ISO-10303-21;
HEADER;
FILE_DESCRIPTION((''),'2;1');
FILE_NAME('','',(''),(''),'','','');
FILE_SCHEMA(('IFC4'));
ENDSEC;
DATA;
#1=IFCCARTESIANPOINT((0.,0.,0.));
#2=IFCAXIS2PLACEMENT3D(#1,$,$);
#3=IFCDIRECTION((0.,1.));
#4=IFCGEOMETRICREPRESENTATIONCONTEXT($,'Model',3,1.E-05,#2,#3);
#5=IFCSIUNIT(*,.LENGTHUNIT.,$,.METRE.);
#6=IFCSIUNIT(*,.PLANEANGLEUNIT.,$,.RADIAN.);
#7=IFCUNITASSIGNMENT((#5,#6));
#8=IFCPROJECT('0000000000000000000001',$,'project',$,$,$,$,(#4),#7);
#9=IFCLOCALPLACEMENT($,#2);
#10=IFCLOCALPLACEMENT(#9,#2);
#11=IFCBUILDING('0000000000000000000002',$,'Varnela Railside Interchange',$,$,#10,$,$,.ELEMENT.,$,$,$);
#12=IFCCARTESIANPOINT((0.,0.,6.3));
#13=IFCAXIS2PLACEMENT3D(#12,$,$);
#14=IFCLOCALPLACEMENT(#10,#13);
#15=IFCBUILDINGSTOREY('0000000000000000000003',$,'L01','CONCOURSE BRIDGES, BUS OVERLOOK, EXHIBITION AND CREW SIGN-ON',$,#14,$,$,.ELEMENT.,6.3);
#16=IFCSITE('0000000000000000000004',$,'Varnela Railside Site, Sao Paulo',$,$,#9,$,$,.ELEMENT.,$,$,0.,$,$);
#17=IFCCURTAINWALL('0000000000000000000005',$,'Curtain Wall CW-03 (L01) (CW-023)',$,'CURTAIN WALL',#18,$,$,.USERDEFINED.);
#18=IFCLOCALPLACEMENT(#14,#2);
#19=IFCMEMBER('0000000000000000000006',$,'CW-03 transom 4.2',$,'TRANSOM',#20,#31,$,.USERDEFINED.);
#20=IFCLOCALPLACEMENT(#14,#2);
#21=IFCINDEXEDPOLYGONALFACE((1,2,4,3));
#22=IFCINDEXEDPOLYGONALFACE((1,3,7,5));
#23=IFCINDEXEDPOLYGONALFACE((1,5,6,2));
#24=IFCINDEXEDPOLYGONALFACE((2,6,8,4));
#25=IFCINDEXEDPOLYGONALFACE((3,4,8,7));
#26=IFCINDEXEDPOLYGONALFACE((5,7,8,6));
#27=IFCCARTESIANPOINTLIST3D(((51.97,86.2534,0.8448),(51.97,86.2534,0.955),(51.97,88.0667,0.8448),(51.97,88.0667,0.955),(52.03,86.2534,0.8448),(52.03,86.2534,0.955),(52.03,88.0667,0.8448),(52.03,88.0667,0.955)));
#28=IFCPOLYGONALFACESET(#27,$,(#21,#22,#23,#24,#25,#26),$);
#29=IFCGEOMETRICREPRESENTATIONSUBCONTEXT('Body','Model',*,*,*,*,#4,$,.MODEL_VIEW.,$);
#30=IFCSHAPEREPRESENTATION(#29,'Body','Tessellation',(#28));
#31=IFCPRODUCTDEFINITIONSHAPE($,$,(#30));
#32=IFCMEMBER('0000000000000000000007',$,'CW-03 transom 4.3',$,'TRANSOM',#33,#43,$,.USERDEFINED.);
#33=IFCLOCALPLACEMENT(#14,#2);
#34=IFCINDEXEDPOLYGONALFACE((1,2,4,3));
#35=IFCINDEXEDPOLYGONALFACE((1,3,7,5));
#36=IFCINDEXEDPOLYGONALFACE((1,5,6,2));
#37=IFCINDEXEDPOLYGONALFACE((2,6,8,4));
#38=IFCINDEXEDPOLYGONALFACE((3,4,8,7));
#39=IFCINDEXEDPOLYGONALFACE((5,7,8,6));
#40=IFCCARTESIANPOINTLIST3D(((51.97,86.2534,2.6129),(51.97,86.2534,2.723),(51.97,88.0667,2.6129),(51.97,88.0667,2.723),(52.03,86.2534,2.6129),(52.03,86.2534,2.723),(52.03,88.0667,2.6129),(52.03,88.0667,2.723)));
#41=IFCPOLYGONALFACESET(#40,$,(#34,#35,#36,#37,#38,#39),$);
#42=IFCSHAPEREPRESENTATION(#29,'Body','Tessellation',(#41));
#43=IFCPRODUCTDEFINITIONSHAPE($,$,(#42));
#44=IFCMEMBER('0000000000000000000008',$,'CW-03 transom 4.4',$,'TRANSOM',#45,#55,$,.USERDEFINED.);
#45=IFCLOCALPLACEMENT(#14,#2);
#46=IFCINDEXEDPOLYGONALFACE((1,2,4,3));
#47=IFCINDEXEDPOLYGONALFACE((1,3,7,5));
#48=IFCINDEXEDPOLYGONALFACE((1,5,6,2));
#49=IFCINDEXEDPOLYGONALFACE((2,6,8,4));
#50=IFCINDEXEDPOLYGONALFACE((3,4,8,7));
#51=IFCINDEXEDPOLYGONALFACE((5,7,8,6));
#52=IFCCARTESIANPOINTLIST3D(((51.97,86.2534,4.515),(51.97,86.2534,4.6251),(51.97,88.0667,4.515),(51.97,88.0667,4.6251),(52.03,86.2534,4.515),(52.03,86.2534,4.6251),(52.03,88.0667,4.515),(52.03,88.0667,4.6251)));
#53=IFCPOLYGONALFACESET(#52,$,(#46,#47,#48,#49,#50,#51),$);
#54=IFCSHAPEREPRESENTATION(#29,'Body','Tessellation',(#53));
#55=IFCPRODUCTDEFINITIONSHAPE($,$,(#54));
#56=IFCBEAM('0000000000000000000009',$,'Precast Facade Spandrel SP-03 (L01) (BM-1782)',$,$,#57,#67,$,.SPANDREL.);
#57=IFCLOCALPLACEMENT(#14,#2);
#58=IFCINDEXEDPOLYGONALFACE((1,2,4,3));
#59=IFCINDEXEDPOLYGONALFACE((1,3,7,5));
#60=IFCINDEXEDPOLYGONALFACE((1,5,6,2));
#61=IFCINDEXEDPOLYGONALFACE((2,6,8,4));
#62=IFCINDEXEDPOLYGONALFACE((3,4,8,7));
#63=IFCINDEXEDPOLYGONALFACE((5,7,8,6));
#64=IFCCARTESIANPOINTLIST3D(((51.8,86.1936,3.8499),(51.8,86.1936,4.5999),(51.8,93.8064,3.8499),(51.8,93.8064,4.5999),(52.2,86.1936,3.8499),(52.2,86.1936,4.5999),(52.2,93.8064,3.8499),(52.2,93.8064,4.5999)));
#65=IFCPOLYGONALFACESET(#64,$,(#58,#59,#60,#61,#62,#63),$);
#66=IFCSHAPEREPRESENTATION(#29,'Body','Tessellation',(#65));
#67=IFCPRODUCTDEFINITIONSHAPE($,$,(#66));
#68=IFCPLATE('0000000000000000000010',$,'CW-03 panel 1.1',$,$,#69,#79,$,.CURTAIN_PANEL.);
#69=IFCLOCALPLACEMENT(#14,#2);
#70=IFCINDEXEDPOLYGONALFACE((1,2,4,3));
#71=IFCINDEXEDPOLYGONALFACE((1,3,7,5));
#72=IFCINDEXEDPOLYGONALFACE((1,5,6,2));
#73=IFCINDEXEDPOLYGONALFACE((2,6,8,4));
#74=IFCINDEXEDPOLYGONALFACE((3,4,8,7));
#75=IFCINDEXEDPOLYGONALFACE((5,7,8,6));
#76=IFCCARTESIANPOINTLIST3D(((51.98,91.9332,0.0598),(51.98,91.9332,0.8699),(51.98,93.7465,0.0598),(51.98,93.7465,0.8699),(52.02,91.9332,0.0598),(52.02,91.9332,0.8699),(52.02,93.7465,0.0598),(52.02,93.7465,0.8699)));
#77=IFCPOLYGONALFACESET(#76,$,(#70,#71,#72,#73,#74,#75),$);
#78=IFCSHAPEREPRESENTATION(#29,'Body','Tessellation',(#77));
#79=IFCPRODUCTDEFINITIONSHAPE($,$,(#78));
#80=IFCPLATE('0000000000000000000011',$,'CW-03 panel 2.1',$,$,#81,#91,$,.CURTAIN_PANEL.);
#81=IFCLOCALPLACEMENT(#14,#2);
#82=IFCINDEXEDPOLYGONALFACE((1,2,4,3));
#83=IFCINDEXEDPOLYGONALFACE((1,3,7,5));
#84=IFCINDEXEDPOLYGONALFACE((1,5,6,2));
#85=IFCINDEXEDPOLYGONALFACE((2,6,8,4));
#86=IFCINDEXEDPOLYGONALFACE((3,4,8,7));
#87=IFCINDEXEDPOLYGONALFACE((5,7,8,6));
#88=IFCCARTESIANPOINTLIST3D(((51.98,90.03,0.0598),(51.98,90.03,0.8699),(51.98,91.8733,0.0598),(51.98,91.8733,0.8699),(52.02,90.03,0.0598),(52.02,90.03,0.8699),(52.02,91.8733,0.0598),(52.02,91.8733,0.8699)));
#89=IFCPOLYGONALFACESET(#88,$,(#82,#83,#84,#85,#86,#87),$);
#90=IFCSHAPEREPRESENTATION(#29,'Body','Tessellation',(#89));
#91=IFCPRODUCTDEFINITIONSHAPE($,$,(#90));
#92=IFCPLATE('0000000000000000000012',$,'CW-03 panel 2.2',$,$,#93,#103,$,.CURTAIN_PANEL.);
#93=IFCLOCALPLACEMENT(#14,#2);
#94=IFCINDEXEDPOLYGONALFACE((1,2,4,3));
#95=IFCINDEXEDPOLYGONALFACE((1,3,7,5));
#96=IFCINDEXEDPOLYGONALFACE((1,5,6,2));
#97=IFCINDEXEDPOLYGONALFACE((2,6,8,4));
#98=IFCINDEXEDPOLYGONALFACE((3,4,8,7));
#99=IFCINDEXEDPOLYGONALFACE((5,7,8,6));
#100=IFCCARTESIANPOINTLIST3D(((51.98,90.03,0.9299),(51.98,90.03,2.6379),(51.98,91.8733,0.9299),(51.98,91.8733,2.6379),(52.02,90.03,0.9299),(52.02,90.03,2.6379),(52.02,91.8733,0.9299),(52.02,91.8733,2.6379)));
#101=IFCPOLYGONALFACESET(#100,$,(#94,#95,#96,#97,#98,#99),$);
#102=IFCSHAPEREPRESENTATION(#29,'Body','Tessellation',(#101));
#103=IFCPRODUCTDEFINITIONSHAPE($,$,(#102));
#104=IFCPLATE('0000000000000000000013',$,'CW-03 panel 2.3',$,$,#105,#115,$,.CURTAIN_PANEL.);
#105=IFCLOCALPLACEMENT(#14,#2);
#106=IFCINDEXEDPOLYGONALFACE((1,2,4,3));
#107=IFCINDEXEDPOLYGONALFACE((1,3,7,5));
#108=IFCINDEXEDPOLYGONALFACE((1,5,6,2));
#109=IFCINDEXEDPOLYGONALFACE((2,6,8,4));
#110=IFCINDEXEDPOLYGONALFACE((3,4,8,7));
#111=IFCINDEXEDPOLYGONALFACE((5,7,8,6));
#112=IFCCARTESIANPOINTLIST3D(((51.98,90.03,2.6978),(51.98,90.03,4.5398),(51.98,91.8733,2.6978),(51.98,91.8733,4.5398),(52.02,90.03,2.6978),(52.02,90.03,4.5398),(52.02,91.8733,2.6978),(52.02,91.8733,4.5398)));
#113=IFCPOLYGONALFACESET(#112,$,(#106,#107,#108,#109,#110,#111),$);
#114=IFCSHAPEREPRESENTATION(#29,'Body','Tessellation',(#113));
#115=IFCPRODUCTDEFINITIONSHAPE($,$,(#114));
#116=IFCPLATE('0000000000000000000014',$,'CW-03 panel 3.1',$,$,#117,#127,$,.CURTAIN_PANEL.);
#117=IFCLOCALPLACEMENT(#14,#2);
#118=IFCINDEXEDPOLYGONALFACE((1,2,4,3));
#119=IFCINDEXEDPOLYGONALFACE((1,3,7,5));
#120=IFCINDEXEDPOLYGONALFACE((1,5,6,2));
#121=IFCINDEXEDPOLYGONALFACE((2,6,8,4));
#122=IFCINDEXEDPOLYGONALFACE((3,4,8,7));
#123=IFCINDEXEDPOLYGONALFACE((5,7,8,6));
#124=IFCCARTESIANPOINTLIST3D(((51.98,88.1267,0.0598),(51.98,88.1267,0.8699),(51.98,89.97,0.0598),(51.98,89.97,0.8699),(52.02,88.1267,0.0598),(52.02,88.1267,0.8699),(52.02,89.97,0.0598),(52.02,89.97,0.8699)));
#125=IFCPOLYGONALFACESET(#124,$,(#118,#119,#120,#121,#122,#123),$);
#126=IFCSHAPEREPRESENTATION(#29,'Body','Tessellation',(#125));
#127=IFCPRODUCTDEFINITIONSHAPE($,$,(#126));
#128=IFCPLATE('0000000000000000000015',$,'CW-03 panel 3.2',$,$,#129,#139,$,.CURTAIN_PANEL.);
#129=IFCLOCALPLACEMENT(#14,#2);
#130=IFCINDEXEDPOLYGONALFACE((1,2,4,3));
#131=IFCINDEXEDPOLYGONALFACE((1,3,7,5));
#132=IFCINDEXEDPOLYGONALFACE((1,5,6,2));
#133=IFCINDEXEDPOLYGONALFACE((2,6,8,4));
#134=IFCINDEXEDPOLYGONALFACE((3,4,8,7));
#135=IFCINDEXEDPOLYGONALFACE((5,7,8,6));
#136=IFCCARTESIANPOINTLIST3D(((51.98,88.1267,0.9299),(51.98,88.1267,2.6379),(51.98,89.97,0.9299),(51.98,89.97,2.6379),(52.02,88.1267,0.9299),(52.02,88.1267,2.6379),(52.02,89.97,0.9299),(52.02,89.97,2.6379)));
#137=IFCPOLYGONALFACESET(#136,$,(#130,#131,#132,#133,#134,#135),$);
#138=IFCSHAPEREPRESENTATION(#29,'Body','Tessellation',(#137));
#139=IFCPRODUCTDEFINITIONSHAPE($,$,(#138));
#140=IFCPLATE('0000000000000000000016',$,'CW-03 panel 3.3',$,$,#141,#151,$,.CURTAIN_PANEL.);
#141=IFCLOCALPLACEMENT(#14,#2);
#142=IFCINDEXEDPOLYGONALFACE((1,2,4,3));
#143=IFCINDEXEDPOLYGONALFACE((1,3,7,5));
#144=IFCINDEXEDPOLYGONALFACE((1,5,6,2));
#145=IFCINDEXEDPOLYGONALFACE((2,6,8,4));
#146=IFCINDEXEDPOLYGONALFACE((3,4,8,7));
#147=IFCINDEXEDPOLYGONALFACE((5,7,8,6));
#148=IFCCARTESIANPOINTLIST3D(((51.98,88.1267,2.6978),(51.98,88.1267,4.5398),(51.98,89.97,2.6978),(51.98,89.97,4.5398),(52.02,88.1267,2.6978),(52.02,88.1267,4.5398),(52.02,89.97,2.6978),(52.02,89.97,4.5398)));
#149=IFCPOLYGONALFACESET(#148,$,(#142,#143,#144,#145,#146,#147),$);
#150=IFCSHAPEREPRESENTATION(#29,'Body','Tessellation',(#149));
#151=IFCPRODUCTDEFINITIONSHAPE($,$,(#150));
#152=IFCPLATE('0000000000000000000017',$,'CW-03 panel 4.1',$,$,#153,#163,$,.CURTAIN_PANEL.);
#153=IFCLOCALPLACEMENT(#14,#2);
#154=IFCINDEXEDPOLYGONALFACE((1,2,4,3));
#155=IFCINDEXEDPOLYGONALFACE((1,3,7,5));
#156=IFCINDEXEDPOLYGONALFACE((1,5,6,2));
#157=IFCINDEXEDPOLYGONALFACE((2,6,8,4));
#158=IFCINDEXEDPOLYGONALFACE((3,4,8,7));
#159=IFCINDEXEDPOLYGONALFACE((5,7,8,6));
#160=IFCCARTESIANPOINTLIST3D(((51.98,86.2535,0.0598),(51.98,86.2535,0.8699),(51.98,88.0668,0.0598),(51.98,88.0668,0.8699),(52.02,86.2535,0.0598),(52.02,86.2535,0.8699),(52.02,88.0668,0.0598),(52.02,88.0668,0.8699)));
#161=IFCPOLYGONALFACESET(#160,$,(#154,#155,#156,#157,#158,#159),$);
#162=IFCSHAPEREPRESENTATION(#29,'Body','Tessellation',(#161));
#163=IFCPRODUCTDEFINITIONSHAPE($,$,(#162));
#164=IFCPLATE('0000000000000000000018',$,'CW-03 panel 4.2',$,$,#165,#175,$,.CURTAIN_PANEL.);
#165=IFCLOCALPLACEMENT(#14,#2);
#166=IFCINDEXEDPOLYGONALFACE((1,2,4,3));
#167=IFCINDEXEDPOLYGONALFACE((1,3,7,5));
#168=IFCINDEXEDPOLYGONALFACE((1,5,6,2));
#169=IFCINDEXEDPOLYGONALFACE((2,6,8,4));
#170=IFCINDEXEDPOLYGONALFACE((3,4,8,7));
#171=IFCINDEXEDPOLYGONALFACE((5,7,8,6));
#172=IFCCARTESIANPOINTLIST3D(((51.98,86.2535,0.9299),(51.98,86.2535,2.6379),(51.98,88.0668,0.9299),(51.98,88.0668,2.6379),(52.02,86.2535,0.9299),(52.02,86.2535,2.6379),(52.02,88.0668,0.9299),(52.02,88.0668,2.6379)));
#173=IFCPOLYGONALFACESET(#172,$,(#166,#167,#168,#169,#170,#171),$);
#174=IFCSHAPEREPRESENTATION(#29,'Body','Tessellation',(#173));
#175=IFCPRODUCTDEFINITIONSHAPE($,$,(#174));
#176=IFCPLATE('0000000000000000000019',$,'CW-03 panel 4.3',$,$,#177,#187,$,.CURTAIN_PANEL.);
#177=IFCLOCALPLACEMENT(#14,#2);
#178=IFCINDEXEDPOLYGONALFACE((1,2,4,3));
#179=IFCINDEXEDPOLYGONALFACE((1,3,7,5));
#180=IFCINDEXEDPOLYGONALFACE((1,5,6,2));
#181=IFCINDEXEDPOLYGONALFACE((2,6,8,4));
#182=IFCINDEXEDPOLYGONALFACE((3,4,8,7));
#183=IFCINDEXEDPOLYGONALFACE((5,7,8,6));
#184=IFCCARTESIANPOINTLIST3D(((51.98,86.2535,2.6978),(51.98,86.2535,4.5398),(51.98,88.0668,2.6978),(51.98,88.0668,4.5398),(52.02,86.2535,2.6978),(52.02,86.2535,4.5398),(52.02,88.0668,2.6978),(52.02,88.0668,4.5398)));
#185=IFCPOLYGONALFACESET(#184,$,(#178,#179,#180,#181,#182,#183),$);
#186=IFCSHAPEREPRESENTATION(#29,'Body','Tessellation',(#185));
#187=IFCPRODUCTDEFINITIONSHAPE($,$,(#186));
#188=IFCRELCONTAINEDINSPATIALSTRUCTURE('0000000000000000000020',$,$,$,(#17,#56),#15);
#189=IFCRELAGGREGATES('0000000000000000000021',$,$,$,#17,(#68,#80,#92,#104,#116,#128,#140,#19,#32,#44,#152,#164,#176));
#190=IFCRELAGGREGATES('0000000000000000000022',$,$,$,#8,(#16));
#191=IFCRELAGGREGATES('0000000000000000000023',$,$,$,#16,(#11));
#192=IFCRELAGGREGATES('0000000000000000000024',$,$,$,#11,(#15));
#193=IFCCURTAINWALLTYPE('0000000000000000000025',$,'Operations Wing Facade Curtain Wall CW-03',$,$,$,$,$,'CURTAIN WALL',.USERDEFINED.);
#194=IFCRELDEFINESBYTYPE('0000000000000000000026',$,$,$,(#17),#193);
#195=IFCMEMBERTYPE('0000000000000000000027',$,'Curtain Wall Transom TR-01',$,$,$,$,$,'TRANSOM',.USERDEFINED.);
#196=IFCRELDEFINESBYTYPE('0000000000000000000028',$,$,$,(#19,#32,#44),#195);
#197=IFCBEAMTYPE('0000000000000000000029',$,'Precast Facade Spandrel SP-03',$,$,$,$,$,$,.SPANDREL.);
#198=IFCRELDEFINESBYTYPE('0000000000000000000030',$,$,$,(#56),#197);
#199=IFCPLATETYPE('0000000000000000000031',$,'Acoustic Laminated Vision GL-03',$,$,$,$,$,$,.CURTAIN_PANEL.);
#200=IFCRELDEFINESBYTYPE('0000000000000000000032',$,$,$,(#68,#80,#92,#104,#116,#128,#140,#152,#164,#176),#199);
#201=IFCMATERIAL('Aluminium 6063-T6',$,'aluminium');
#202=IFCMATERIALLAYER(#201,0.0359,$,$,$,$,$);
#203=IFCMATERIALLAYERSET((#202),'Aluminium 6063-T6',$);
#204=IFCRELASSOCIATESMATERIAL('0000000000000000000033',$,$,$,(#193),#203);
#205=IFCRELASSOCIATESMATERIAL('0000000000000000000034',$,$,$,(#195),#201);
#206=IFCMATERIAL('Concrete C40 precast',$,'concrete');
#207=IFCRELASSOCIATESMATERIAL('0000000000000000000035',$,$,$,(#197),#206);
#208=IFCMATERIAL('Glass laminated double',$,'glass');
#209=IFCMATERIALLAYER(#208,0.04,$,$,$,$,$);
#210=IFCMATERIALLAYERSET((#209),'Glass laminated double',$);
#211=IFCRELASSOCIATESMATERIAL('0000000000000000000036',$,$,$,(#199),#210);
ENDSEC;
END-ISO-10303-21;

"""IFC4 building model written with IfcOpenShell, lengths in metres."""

from ifc_helpers import new_model, si_unit, direction, frame, origin, origin_2d, place, context, subcontext, project, spatial, rectangle, extrude, material, layer, layer_set, material_profile, profile_set, type_object, element, aggregate, save


model = new_model("IFC4")

# Units and contexts
model_context = context("Model", 3, precision=1e-05, world=origin(), true_north=direction((0.0, 1.0)))
body_context = subcontext(model_context, "Body", "Model", "MODEL_VIEW")
ifc_project = project(units=[si_unit("LENGTHUNIT", "METRE"), si_unit("PLANEANGLEUNIT", "RADIAN")], contexts=[model_context])

# Site, building, storey
site_placement = place(None, origin())
site = spatial("IfcSite", under=ifc_project, at=site_placement, Name="Varnela Railside Site, Sao Paulo", CompositionType="ELEMENT", RefElevation=0.0)
building_placement = place(site_placement, origin())
building = spatial("IfcBuilding", under=site, at=building_placement, Name="Varnela Railside Interchange", CompositionType="ELEMENT")
storey_placement = place(building_placement, frame((0.0, 0.0, 6.3)))
storey = spatial("IfcBuildingStorey", under=building, at=storey_placement, Name="L01", Description="CONCOURSE BRIDGES, BUS OVERLOOK, EXHIBITION AND CREW SIGN-ON", CompositionType="ELEMENT", Elevation=6.3)

# Curtain wall, members
ifc_material_1 = material(Name="Aluminium 6063-T6", Category="aluminium")
ifc_layer_1 = layer(ifc_material_1, 0.0359)
ifc_layer_set_1 = layer_set([ifc_layer_1], Name="Aluminium 6063-T6")
curtain_wall_type = type_object("IfcCurtainWallType", Name="Operations Wing Facade Curtain Wall CW-03", ElementType="CURTAIN WALL", PredefinedType="USERDEFINED", material=ifc_layer_set_1)
curtain_wall_placement = place(storey_placement, origin())
curtain_wall = element("IfcCurtainWall", 1, at=curtain_wall_placement, inside=storey, type_object=curtain_wall_type, Name="Curtain Wall CW-03 (L01) (CW-023)", ObjectType="CURTAIN WALL", PredefinedType="USERDEFINED")
ifc_material_profile_1 = material_profile(ifc_material_1, rectangle(XDim=0.0601, YDim=0.1101, at=origin_2d()), Name="ALU 60x110")
ifc_profile_set_1 = profile_set([ifc_material_profile_1], Name="Aluminium 6063-T6")
member_type_1 = type_object("IfcMemberType", Name="Curtain Wall Transom TR-01", ElementType="TRANSOM", PredefinedType="USERDEFINED", material=ifc_profile_set_1)
member_1_placement = place(storey_placement, frame((52.0, 88.0667, 0.8999), z_axis=(0.0, -1.0, 0.0), x_axis=(1.0, 0.0, 0.0)))
member_1 = element("IfcMember", 2, at=member_1_placement, type_object=member_type_1, Name="CW-03 transom 4.2", ObjectType="TRANSOM", PredefinedType="USERDEFINED", context=body_context, shape_type="SweptSolid", body=[
    extrude(rectangle(XDim=0.0601, YDim=0.1101, at=origin_2d()), origin(), (0.0, 0.0, 1.0), 1.8132),
])
member_2_placement = place(storey_placement, frame((52.0, 88.0667, 2.668), z_axis=(0.0, -1.0, 0.0), x_axis=(1.0, 0.0, 0.0)))
member_2 = element("IfcMember", 3, at=member_2_placement, type_object=member_type_1, Name="CW-03 transom 4.3", ObjectType="TRANSOM", PredefinedType="USERDEFINED", context=body_context, shape_type="SweptSolid", body=[
    extrude(rectangle(XDim=0.0601, YDim=0.1101, at=origin_2d()), origin(), (0.0, 0.0, 1.0), 1.8132),
])
member_3_placement = place(storey_placement, frame((52.0, 88.0667, 4.5701), z_axis=(0.0, -1.0, 0.0), x_axis=(1.0, 0.0, 0.0)))
member_3 = element("IfcMember", 4, at=member_3_placement, type_object=member_type_1, Name="CW-03 transom 4.4", ObjectType="TRANSOM", PredefinedType="USERDEFINED", context=body_context, shape_type="SweptSolid", body=[
    extrude(rectangle(XDim=0.0601, YDim=0.1101, at=origin_2d()), origin(), (0.0, 0.0, 1.0), 1.8132),
])

# Beam
ifc_material_2 = material(Name="Concrete C40 precast", Category="concrete")
ifc_material_profile_2 = material_profile(ifc_material_2, rectangle(XDim=0.3999, YDim=0.75, at=origin_2d()), Name="PC 400x750")
ifc_profile_set_2 = profile_set([ifc_material_profile_2], Name="Concrete C40 precast")
beam_type_1 = type_object("IfcBeamType", Name="Precast Facade Spandrel SP-03", PredefinedType="SPANDREL", material=ifc_profile_set_2)
beam_1_placement = place(storey_placement, frame((52.0, 86.1936, 4.2249), z_axis=(0.0, 1.0, 0.0), x_axis=(-1.0, 0.0, 0.0)))
element("IfcBeam", 5, at=beam_1_placement, inside=storey, type_object=beam_type_1, Name="Precast Facade Spandrel SP-03 (L01) (BM-1782)", PredefinedType="SPANDREL", context=body_context, shape_type="SweptSolid", body=[
    extrude(rectangle(XDim=0.3999, YDim=0.75, at=origin_2d()), origin(), (0.0, 0.0, 1.0), 7.6128),
])

# Plates
ifc_material_3 = material(Name="Glass laminated double", Category="glass")
ifc_layer_2 = layer(ifc_material_3, 0.04)
ifc_layer_set_2 = layer_set([ifc_layer_2], Name="Glass laminated double")
plate_type = type_object("IfcPlateType", Name="Acoustic Laminated Vision GL-03", PredefinedType="CURTAIN_PANEL", material=ifc_layer_set_2)
plate_1_placement = place(storey_placement, frame((52.0, 92.8398, 0.0598), z_axis=(0.0, 0.0, 1.0), x_axis=(0.0, -1.0, 0.0)))
plate_1 = element("IfcPlate", 6, at=plate_1_placement, type_object=plate_type, Name="CW-03 panel 1.1", PredefinedType="CURTAIN_PANEL", context=body_context, shape_type="SweptSolid", body=[
    extrude(rectangle(XDim=1.8132, YDim=0.04, at=origin_2d()), origin(), (0.0, 0.0, 1.0), 0.8101),
])
plate_2_placement = place(storey_placement, frame((52.0, 90.9517, 0.0598), z_axis=(0.0, 0.0, 1.0), x_axis=(0.0, -1.0, 0.0)))
plate_2 = element("IfcPlate", 7, at=plate_2_placement, type_object=plate_type, Name="CW-03 panel 2.1", PredefinedType="CURTAIN_PANEL", context=body_context, shape_type="SweptSolid", body=[
    extrude(rectangle(XDim=1.8433, YDim=0.04, at=origin_2d()), origin(), (0.0, 0.0, 1.0), 0.8101),
])
plate_3_placement = place(storey_placement, frame((52.0, 90.9517, 0.9299), z_axis=(0.0, 0.0, 1.0), x_axis=(0.0, -1.0, 0.0)))
plate_3 = element("IfcPlate", 8, at=plate_3_placement, type_object=plate_type, Name="CW-03 panel 2.2", PredefinedType="CURTAIN_PANEL", context=body_context, shape_type="SweptSolid", body=[
    extrude(rectangle(XDim=1.8433, YDim=0.04, at=origin_2d()), origin(), (0.0, 0.0, 1.0), 1.708),
])
plate_4_placement = place(storey_placement, frame((52.0, 90.9517, 2.6978), z_axis=(0.0, 0.0, 1.0), x_axis=(0.0, -1.0, 0.0)))
plate_4 = element("IfcPlate", 9, at=plate_4_placement, type_object=plate_type, Name="CW-03 panel 2.3", PredefinedType="CURTAIN_PANEL", context=body_context, shape_type="SweptSolid", body=[
    extrude(rectangle(XDim=1.8433, YDim=0.04, at=origin_2d()), origin(), (0.0, 0.0, 1.0), 1.842),
])
plate_5_placement = place(storey_placement, frame((52.0, 89.0483, 0.0598), z_axis=(0.0, 0.0, 1.0), x_axis=(0.0, -1.0, 0.0)))
plate_5 = element("IfcPlate", 10, at=plate_5_placement, type_object=plate_type, Name="CW-03 panel 3.1", PredefinedType="CURTAIN_PANEL", context=body_context, shape_type="SweptSolid", body=[
    extrude(rectangle(XDim=1.8433, YDim=0.04, at=origin_2d()), origin(), (0.0, 0.0, 1.0), 0.8101),
])
plate_6_placement = place(storey_placement, frame((52.0, 89.0483, 0.9299), z_axis=(0.0, 0.0, 1.0), x_axis=(0.0, -1.0, 0.0)))
plate_6 = element("IfcPlate", 11, at=plate_6_placement, type_object=plate_type, Name="CW-03 panel 3.2", PredefinedType="CURTAIN_PANEL", context=body_context, shape_type="SweptSolid", body=[
    extrude(rectangle(XDim=1.8433, YDim=0.04, at=origin_2d()), origin(), (0.0, 0.0, 1.0), 1.708),
])
plate_7_placement = place(storey_placement, frame((52.0, 89.0483, 2.6978), z_axis=(0.0, 0.0, 1.0), x_axis=(0.0, -1.0, 0.0)))
plate_7 = element("IfcPlate", 12, at=plate_7_placement, type_object=plate_type, Name="CW-03 panel 3.3", PredefinedType="CURTAIN_PANEL", context=body_context, shape_type="SweptSolid", body=[
    extrude(rectangle(XDim=1.8433, YDim=0.04, at=origin_2d()), origin(), (0.0, 0.0, 1.0), 1.842),
])
plate_8_placement = place(storey_placement, frame((52.0, 87.1602, 0.0598), z_axis=(0.0, 0.0, 1.0), x_axis=(0.0, -1.0, 0.0)))
plate_8 = element("IfcPlate", 13, at=plate_8_placement, type_object=plate_type, Name="CW-03 panel 4.1", PredefinedType="CURTAIN_PANEL", context=body_context, shape_type="SweptSolid", body=[
    extrude(rectangle(XDim=1.8132, YDim=0.04, at=origin_2d()), origin(), (0.0, 0.0, 1.0), 0.8101),
])
plate_9_placement = place(storey_placement, frame((52.0, 87.1602, 0.9299), z_axis=(0.0, 0.0, 1.0), x_axis=(0.0, -1.0, 0.0)))
plate_9 = element("IfcPlate", 14, at=plate_9_placement, type_object=plate_type, Name="CW-03 panel 4.2", PredefinedType="CURTAIN_PANEL", context=body_context, shape_type="SweptSolid", body=[
    extrude(rectangle(XDim=1.8132, YDim=0.04, at=origin_2d()), origin(), (0.0, 0.0, 1.0), 1.708),
])
plate_10_placement = place(storey_placement, frame((52.0, 87.1602, 2.6978), z_axis=(0.0, 0.0, 1.0), x_axis=(0.0, -1.0, 0.0)))
plate_10 = element("IfcPlate", 15, at=plate_10_placement, type_object=plate_type, Name="CW-03 panel 4.3", PredefinedType="CURTAIN_PANEL", context=body_context, shape_type="SweptSolid", body=[
    extrude(rectangle(XDim=1.8132, YDim=0.04, at=origin_2d()), origin(), (0.0, 0.0, 1.0), 1.842),
])
aggregate(curtain_wall, [plate_1, plate_2, plate_3, plate_4, plate_5, plate_6, plate_7, member_1, member_2, member_3, plate_8, plate_9, plate_10])

save(model, "model.ifc")
